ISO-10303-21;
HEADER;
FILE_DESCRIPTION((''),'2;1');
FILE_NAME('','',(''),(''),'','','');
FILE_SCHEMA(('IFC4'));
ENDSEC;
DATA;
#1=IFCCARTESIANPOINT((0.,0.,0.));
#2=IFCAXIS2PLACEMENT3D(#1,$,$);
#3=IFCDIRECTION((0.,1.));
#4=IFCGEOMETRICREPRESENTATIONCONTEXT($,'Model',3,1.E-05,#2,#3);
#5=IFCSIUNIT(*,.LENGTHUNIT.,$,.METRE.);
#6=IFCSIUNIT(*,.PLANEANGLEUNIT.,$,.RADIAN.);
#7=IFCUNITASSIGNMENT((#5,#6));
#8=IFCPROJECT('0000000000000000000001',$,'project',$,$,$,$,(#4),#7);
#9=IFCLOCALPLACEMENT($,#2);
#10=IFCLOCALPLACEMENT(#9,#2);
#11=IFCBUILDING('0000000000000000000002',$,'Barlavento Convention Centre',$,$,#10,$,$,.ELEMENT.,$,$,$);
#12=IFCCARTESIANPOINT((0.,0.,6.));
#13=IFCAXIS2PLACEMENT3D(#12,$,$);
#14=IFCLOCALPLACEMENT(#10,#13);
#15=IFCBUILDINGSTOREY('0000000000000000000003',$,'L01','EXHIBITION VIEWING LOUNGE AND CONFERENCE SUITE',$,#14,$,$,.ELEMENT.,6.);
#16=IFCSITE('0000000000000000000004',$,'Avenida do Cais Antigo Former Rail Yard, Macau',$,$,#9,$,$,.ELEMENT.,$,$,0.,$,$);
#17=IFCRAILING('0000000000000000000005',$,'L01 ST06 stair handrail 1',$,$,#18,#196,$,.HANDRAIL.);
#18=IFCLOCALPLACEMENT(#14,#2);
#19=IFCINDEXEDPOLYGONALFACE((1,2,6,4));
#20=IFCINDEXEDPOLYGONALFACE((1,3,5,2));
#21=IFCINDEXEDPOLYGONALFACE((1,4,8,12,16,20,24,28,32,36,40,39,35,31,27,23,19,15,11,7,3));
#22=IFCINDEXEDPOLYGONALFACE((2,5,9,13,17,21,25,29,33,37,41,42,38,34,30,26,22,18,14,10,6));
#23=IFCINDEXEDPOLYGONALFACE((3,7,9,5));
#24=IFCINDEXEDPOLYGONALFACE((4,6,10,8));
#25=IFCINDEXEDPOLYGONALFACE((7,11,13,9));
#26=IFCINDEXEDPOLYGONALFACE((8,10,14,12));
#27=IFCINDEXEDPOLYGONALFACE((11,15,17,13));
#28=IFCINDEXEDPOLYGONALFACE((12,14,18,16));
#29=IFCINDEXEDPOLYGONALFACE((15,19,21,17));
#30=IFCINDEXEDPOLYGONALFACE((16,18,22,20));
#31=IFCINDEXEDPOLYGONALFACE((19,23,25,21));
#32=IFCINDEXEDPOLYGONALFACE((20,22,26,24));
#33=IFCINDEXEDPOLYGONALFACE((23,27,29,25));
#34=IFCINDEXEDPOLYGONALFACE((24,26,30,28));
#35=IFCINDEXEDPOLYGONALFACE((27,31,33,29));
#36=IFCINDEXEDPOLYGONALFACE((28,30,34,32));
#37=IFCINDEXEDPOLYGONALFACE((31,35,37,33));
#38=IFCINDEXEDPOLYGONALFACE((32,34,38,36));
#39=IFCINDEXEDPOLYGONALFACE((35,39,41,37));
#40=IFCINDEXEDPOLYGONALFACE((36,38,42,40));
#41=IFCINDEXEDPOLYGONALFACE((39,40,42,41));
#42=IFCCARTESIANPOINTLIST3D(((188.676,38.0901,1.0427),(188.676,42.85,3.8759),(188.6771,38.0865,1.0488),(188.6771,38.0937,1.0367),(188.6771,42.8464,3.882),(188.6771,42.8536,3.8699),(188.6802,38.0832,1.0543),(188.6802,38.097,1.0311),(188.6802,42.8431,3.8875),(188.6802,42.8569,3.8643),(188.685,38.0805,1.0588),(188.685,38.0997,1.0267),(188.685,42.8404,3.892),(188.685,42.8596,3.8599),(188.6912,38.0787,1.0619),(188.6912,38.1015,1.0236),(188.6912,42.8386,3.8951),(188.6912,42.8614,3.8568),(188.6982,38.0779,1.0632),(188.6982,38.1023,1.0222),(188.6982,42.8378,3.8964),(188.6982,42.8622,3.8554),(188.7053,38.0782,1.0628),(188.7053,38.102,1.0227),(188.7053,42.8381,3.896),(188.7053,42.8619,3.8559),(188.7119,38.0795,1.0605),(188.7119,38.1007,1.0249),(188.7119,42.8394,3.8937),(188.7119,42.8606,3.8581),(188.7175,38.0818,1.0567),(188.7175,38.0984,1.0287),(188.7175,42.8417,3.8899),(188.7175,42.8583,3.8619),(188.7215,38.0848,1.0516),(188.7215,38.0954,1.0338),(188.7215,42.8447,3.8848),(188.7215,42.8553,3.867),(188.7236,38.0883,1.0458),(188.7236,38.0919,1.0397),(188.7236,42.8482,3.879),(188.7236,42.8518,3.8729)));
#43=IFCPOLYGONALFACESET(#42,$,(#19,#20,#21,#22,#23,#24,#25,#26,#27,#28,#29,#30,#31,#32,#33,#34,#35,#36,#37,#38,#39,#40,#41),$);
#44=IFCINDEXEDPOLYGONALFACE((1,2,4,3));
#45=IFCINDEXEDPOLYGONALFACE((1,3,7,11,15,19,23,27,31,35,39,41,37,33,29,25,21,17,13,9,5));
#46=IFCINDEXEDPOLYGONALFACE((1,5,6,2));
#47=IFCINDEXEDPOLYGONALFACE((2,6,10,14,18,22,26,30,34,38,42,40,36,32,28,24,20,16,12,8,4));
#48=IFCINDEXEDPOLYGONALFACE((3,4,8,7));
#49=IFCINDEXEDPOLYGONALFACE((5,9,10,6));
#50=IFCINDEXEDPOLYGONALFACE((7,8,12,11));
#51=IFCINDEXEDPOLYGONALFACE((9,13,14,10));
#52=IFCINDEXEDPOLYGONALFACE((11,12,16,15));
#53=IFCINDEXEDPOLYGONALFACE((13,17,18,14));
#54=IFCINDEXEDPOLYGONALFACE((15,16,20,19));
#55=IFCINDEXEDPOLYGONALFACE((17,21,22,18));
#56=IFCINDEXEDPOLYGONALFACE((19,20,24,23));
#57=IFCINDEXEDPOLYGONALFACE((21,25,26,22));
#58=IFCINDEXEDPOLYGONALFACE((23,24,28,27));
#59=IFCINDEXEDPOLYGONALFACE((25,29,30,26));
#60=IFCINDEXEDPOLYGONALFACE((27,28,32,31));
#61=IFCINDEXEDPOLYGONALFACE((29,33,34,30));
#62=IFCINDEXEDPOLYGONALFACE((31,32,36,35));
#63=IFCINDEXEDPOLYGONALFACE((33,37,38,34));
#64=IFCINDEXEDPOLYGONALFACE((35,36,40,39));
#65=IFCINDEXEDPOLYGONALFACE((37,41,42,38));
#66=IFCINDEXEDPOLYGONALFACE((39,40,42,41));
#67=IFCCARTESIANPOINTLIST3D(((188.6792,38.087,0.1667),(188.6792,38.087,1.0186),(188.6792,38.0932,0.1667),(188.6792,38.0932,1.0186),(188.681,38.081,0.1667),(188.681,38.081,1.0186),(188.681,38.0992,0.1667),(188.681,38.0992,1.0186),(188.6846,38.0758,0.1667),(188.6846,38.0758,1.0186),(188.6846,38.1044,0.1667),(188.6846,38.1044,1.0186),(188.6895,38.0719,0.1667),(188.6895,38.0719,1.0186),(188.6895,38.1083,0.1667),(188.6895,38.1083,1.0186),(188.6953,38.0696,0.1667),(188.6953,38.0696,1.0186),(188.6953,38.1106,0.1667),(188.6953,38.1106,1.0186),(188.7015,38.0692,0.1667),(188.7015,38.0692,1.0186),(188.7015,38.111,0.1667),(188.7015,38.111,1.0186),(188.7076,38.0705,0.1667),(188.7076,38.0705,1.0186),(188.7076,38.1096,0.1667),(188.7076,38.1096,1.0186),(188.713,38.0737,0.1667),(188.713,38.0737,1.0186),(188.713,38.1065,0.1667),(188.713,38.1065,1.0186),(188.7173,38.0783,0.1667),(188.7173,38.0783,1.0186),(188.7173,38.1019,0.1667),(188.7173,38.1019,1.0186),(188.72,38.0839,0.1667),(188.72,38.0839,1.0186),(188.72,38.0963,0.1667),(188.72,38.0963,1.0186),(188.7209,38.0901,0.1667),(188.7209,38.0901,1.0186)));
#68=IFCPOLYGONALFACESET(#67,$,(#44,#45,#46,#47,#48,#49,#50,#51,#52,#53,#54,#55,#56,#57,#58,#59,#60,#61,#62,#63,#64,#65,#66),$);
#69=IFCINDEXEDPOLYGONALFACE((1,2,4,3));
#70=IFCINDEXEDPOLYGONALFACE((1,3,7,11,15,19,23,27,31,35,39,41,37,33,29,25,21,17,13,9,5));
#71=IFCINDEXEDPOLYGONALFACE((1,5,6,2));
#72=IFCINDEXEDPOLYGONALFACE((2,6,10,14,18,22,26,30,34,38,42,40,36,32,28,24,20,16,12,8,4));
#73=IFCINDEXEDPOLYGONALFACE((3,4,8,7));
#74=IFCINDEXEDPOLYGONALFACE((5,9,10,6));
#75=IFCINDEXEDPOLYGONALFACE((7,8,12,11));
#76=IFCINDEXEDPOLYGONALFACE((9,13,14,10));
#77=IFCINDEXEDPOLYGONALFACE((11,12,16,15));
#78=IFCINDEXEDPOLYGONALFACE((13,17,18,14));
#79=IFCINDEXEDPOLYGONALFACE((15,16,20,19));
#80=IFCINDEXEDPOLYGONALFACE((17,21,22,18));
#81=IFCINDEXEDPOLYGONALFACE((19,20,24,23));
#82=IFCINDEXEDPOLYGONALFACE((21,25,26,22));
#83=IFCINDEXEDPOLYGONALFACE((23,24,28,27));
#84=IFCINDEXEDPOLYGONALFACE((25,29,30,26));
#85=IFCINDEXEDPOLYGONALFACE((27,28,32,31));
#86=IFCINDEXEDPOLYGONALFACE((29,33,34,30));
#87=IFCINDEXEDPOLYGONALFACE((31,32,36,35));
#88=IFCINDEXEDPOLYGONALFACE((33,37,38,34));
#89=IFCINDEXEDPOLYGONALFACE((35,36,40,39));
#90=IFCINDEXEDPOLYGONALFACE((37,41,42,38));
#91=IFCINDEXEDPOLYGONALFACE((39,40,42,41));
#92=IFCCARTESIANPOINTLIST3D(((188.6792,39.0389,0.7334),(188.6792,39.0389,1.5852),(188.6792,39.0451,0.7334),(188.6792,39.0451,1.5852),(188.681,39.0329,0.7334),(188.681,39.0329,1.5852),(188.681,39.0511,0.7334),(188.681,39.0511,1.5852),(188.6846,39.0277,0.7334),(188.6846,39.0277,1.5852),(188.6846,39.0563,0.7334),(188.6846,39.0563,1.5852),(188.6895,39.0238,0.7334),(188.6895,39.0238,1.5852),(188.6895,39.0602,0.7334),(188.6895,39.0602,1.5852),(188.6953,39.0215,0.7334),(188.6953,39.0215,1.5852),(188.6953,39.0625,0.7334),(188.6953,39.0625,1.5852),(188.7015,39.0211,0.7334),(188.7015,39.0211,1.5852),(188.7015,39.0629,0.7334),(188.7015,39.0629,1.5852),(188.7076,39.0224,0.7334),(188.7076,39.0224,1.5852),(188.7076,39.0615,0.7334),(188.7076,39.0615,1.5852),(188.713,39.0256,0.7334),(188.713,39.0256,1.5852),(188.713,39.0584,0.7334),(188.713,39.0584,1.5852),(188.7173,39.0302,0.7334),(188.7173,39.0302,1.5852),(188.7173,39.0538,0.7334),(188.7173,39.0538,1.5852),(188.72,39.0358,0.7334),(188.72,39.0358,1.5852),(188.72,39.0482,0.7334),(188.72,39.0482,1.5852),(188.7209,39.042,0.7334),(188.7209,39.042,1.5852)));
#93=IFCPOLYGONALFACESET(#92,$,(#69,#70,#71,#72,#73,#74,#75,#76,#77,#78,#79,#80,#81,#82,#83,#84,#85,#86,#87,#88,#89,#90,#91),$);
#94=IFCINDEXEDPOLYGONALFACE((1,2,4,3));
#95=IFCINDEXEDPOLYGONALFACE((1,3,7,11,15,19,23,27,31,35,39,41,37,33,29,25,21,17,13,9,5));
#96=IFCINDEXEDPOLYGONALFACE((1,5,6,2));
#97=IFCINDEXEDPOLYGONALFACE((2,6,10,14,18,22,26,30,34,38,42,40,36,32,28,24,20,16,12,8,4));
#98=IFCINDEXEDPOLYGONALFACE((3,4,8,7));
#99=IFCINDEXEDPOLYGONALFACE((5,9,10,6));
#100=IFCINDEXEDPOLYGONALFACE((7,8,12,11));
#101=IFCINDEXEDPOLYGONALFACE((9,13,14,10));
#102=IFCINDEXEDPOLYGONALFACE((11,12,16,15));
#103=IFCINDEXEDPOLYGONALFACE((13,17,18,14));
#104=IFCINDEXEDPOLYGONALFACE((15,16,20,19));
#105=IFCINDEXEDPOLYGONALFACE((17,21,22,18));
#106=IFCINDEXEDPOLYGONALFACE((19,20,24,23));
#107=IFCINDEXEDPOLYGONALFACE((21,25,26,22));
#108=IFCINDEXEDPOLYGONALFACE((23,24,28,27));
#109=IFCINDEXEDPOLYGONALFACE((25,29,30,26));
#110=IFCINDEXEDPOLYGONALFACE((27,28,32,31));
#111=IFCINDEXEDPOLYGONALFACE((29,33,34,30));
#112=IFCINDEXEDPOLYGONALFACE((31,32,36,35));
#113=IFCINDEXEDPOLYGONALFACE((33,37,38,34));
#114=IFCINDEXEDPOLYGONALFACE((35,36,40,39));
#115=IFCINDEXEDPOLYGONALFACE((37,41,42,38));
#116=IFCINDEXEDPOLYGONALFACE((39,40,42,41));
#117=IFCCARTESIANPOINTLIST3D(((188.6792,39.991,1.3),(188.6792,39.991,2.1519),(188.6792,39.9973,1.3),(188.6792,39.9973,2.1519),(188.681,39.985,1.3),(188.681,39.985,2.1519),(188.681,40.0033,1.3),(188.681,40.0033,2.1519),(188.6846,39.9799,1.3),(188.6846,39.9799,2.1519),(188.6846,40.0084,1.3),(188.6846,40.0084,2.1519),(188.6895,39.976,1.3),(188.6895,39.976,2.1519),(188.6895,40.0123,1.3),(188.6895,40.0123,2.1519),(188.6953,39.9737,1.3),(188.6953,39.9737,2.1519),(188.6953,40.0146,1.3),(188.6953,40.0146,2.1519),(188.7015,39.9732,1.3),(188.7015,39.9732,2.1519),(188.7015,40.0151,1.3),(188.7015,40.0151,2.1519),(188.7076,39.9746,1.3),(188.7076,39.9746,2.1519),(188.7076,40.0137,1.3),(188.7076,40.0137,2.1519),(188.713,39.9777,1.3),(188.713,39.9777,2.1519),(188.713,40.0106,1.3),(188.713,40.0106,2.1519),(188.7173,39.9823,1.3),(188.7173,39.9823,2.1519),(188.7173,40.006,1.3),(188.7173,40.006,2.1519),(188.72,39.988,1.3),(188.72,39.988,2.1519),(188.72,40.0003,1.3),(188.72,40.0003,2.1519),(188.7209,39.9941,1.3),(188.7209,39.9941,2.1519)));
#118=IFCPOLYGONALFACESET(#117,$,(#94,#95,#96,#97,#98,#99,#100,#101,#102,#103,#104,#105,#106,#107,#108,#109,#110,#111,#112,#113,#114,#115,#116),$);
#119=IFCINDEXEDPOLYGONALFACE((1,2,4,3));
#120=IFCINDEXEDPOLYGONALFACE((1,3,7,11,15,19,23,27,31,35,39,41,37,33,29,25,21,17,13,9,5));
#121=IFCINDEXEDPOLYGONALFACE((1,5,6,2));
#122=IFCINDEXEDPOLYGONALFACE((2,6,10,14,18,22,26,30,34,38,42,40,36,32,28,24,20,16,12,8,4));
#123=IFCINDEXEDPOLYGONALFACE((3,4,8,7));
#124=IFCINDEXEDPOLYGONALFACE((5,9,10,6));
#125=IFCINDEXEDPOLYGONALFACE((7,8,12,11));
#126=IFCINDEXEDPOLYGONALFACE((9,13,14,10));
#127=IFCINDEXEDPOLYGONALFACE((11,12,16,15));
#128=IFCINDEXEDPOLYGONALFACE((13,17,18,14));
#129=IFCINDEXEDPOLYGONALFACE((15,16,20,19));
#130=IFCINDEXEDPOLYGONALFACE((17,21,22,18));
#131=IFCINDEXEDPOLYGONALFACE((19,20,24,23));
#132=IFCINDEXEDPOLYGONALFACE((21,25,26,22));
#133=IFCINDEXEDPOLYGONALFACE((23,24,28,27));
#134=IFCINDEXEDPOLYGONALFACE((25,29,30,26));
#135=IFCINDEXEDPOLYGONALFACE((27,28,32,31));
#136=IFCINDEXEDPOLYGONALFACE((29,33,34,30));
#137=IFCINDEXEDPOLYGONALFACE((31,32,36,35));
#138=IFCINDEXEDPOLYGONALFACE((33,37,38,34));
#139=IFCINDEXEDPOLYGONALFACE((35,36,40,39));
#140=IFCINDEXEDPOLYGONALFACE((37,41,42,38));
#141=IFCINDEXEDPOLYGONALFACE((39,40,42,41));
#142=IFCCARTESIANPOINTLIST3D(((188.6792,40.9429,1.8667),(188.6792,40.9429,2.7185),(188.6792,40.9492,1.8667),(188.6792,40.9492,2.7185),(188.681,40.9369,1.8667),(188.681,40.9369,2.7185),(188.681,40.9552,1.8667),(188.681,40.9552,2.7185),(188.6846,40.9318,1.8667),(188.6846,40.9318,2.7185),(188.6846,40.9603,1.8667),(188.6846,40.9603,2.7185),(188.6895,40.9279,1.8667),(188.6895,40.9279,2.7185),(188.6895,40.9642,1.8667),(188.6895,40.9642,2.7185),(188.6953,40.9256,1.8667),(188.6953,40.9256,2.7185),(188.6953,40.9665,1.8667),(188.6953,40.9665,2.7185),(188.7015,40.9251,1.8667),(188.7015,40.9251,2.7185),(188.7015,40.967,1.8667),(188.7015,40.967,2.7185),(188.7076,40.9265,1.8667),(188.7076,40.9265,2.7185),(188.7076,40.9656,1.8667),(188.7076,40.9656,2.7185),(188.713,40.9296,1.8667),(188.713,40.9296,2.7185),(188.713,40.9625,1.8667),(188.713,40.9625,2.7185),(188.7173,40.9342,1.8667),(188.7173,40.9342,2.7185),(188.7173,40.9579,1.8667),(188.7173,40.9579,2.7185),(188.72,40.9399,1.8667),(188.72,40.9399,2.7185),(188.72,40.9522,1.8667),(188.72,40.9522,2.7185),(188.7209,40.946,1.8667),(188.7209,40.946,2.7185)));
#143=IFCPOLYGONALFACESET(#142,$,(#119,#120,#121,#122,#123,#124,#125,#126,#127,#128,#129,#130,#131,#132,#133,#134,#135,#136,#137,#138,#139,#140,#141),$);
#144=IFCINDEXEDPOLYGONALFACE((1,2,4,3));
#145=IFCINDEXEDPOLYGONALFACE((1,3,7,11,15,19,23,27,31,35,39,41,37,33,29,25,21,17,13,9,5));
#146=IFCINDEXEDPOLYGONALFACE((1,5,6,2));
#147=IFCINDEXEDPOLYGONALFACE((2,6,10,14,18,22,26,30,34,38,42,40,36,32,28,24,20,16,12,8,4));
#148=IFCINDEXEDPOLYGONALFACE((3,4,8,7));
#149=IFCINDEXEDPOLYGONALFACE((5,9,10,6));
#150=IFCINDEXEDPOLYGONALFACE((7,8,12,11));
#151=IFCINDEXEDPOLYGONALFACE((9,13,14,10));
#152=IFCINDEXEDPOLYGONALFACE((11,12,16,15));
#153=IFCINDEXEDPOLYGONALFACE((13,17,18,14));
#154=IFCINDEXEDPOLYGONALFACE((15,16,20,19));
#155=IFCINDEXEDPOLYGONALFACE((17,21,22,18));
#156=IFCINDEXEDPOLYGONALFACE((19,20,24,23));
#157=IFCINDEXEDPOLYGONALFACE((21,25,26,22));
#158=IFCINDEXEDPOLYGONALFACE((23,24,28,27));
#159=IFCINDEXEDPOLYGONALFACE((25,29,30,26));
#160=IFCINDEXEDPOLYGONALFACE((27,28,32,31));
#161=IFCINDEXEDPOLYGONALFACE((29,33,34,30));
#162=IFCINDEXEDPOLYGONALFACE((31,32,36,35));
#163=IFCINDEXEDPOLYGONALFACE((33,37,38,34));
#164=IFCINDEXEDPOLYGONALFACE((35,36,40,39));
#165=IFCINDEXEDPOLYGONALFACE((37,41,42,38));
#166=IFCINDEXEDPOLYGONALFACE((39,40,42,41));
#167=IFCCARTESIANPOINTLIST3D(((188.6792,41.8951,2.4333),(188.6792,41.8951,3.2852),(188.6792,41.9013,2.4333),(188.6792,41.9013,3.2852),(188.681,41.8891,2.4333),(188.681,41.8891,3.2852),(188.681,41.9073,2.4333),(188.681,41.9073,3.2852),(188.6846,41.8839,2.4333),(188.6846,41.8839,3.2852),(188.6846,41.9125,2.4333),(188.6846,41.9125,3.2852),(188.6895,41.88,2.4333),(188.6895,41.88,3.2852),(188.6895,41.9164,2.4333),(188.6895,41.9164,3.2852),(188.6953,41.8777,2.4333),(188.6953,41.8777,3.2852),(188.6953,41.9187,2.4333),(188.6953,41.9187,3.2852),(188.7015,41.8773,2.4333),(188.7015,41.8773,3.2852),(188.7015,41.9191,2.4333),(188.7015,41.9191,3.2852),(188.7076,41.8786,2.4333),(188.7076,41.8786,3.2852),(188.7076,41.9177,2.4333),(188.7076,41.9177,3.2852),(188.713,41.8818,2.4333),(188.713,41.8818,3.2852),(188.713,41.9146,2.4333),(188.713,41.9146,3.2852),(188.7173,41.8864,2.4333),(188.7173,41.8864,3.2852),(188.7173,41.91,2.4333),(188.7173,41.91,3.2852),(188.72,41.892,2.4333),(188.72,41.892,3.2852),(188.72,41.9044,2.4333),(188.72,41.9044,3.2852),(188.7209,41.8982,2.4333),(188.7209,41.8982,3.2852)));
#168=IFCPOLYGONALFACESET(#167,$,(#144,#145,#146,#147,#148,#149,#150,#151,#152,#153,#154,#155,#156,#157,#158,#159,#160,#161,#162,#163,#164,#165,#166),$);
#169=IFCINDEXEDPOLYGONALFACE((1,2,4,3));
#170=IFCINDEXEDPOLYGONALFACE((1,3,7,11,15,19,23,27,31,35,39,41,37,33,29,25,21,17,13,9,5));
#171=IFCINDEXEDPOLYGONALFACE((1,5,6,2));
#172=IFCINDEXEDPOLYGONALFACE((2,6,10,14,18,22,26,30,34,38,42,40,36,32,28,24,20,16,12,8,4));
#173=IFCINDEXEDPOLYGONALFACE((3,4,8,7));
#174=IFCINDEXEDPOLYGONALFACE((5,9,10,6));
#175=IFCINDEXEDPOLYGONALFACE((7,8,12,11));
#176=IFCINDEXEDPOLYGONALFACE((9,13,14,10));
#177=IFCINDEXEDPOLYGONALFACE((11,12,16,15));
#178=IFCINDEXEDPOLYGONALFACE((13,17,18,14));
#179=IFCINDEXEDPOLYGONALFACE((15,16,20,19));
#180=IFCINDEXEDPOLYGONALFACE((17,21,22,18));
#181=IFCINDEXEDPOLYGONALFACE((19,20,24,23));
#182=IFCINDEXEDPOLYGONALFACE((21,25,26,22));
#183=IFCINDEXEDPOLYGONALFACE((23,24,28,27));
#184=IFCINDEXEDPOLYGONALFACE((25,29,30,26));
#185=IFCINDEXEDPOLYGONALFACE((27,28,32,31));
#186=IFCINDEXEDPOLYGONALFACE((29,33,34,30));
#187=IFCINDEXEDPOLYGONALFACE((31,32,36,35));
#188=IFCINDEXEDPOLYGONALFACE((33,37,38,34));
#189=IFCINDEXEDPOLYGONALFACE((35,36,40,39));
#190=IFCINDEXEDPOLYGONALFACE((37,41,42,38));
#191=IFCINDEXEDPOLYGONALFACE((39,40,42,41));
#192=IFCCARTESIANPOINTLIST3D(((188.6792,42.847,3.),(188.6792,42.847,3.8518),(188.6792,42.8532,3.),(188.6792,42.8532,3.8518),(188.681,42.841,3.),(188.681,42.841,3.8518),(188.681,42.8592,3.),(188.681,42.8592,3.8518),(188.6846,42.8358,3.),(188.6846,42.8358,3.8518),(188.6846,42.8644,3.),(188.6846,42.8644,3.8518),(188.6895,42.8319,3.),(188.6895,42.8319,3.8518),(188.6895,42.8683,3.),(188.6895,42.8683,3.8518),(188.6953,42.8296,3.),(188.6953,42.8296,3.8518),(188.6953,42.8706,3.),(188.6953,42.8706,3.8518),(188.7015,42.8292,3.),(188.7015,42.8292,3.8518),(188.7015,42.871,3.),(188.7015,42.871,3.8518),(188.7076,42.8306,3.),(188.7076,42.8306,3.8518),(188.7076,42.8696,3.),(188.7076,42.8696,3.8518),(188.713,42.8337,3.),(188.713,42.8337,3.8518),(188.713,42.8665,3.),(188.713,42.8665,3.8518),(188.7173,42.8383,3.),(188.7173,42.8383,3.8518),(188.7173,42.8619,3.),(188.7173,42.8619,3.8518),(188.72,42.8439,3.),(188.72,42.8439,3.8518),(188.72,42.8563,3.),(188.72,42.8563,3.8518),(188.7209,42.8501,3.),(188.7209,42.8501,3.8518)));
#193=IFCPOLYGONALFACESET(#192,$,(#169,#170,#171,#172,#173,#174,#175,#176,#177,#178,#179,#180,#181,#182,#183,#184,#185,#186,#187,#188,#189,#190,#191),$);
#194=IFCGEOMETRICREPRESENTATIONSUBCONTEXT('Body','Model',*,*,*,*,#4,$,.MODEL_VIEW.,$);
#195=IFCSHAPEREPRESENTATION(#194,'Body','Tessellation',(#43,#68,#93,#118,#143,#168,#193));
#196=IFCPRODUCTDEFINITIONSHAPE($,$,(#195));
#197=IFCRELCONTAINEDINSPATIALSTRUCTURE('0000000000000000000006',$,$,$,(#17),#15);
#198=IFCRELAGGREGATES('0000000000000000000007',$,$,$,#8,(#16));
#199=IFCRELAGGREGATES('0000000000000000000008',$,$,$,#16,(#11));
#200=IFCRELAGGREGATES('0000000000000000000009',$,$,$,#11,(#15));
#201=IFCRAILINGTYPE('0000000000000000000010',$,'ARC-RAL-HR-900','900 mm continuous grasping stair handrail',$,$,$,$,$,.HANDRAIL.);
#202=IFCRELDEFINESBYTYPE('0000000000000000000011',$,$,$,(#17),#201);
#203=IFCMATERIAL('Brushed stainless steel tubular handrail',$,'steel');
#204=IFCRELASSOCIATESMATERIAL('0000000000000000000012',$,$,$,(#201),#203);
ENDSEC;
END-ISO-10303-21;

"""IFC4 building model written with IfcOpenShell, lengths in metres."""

from ifc_helpers import new_model, si_unit, direction, frame, origin, origin_2d, place, context, subcontext, project, spatial, circle, extrude, material, type_object, element, save


model = new_model("IFC4")

# Units and contexts
model_context = context("Model", 3, precision=1e-05, world=origin(), true_north=direction((0.0, 1.0)))
body_context = subcontext(model_context, "Body", "Model", "MODEL_VIEW")
ifc_project = project(units=[si_unit("LENGTHUNIT", "METRE"), si_unit("PLANEANGLEUNIT", "RADIAN")], contexts=[model_context])

# Site, building, storey
site_placement = place(None, origin())
site = spatial("IfcSite", under=ifc_project, at=site_placement, Name="Avenida do Cais Antigo Former Rail Yard, Macau", CompositionType="ELEMENT", RefElevation=0.0)
building_placement = place(site_placement, origin())
building = spatial("IfcBuilding", under=site, at=building_placement, Name="Barlavento Convention Centre", CompositionType="ELEMENT")
storey_placement = place(building_placement, frame((0.0, 0.0, 6.0)))
storey = spatial("IfcBuildingStorey", under=building, at=storey_placement, Name="L01", Description="EXHIBITION VIEWING LOUNGE AND CONFERENCE SUITE", CompositionType="ELEMENT", Elevation=6.0)

# Railing
ifc_material_1 = material(Name="Brushed stainless steel tubular handrail", Category="steel")
railing_type_1 = type_object("IfcRailingType", Name="ARC-RAL-HR-900", Description="900 mm continuous grasping stair handrail", PredefinedType="HANDRAIL", material=ifc_material_1)
railing_1_placement = place(storey_placement, frame((188.7, 38.0901, 0.1667)))
element("IfcRailing", 1, at=railing_1_placement, inside=storey, type_object=railing_type_1, Name="L01 ST06 stair handrail 1", PredefinedType="HANDRAIL", context=body_context, shape_type="SweptSolid", body=[
    extrude(circle(Radius=0.0239, at=origin_2d()), frame((0.0, 0.0, 0.876), z_axis=(0.0, 0.8593, 0.511472), x_axis=(-1.0, 0.0, 0.0)), (0.0, 0.0, 1.0), 5.5393),
    extrude(circle(Radius=0.021, at=origin_2d()), origin(), (0.0, 0.0, 1.0), 0.8518),
    extrude(circle(Radius=0.021, at=origin_2d()), frame((0.0, 0.9519, 0.5667)), (0.0, 0.0, 1.0), 0.8518),
    extrude(circle(Radius=0.021, at=origin_2d()), frame((0.0, 1.9041, 1.1333)), (0.0, 0.0, 1.0), 0.8518),
    extrude(circle(Radius=0.021, at=origin_2d()), frame((0.0, 2.856, 1.7)), (0.0, 0.0, 1.0), 0.8518),
    extrude(circle(Radius=0.021, at=origin_2d()), frame((0.0, 3.8081, 2.2666)), (0.0, 0.0, 1.0), 0.8518),
    extrude(circle(Radius=0.021, at=origin_2d()), frame((0.0, 4.76, 2.8333)), (0.0, 0.0, 1.0), 0.8518),
])

save(model, "model.ifc")
